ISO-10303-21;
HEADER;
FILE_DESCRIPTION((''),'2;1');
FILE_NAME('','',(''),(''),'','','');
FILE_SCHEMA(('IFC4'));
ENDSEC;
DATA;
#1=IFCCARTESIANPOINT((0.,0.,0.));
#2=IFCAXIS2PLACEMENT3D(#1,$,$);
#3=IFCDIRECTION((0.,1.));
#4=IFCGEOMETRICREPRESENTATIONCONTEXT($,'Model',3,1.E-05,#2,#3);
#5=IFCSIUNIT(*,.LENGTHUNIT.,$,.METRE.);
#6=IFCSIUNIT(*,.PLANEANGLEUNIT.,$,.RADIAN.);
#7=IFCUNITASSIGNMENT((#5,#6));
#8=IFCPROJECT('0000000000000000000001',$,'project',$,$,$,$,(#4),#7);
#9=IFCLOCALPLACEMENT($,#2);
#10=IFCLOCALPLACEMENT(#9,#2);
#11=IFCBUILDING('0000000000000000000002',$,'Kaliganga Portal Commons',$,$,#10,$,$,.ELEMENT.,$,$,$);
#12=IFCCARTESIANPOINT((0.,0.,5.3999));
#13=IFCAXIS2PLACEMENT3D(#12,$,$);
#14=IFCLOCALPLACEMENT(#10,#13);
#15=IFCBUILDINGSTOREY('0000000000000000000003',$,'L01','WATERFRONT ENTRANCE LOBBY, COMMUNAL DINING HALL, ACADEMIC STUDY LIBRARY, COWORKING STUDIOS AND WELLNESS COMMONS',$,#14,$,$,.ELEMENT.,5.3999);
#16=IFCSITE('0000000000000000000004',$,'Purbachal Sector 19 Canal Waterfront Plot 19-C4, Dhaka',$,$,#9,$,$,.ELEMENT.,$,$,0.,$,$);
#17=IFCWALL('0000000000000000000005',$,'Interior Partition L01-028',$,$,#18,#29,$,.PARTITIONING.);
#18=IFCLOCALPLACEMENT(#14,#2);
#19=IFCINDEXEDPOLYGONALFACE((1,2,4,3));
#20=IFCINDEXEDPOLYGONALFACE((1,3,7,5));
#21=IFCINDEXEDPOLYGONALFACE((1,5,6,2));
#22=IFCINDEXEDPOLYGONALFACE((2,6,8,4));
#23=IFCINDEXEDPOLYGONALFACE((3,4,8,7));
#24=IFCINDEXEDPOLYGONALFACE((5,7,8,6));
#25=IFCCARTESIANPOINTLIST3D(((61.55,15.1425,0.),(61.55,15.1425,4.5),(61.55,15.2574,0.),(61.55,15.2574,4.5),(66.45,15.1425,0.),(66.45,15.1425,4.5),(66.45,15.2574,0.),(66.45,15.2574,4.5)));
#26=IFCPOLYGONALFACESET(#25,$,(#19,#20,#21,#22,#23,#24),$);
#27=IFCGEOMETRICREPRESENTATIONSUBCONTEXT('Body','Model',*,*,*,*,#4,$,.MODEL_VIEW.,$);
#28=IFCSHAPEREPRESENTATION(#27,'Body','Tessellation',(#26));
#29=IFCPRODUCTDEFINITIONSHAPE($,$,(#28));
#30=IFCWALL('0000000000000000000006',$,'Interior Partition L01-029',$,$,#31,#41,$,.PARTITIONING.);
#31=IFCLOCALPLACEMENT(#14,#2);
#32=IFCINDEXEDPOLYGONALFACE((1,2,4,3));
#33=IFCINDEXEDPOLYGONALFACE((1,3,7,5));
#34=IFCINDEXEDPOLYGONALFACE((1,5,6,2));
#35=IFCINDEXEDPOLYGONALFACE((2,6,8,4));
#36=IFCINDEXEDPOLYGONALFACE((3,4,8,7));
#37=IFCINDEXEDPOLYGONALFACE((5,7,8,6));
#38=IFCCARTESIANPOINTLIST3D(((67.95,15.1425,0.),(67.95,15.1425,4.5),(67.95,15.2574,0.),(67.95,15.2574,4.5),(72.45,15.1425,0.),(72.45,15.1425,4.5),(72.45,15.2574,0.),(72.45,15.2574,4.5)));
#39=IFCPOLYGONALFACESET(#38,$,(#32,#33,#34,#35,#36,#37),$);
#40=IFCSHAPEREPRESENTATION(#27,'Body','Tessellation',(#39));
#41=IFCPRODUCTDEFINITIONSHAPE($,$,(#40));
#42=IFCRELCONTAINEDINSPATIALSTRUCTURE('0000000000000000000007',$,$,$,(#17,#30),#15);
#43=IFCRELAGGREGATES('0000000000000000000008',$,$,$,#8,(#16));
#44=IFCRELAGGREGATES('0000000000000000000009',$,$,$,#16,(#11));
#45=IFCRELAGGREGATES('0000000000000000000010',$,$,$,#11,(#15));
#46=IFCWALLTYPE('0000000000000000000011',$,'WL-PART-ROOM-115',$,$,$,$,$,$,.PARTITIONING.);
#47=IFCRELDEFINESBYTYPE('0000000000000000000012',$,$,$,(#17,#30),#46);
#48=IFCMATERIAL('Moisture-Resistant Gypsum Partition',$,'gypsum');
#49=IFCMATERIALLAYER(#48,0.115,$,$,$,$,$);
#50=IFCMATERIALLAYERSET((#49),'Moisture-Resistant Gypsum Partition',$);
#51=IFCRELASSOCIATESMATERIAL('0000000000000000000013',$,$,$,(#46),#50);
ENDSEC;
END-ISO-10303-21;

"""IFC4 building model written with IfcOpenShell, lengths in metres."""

from ifc_helpers import new_model, si_unit, direction, frame, frame_2d, origin, place, context, subcontext, project, spatial, rectangle, extrude, material, layer, layer_set, type_object, element, save


model = new_model("IFC4")

# Units and contexts
model_context = context("Model", 3, precision=1e-05, world=origin(), true_north=direction((0.0, 1.0)))
body_context = subcontext(model_context, "Body", "Model", "MODEL_VIEW")
ifc_project = project(units=[si_unit("LENGTHUNIT", "METRE"), si_unit("PLANEANGLEUNIT", "RADIAN")], contexts=[model_context])

# Site, building, storey
site_placement = place(None, origin())
site = spatial("IfcSite", under=ifc_project, at=site_placement, Name="Purbachal Sector 19 Canal Waterfront Plot 19-C4, Dhaka", CompositionType="ELEMENT", RefElevation=0.0)
building_placement = place(site_placement, origin())
building = spatial("IfcBuilding", under=site, at=building_placement, Name="Kaliganga Portal Commons", CompositionType="ELEMENT")
storey_placement = place(building_placement, frame((0.0, 0.0, 5.3999)))
storey = spatial("IfcBuildingStorey", under=building, at=storey_placement, Name="L01", Description="WATERFRONT ENTRANCE LOBBY, COMMUNAL DINING HALL, ACADEMIC STUDY LIBRARY, COWORKING STUDIOS AND WELLNESS COMMONS", CompositionType="ELEMENT", Elevation=5.3999)

# Walls
ifc_material_1 = material(Name="Moisture-Resistant Gypsum Partition", Category="gypsum")
ifc_layer_1 = layer(ifc_material_1, 0.115)
ifc_layer_set_1 = layer_set([ifc_layer_1], Name="Moisture-Resistant Gypsum Partition")
wall_type_1 = type_object("IfcWallType", Name="WL-PART-ROOM-115", PredefinedType="PARTITIONING", material=ifc_layer_set_1)
wall_1_placement = place(storey_placement, frame((61.55, 15.2, 0.0), z_axis=(0.0, 0.0, 1.0), x_axis=(1.0, 0.0, 0.0)))
element("IfcWall", 1, at=wall_1_placement, inside=storey, type_object=wall_type_1, Name="Interior Partition L01-028", PredefinedType="PARTITIONING", context=body_context, shape_type="SweptSolid", body=[
    extrude(rectangle(XDim=4.8999, YDim=0.115, at=frame_2d((2.45, 0.0))), origin(), (0.0, 0.0, 1.0), 4.5),
])
wall_2_placement = place(storey_placement, frame((67.95, 15.2, 0.0), z_axis=(0.0, 0.0, 1.0), x_axis=(1.0, 0.0, 0.0)))
element("IfcWall", 2, at=wall_2_placement, inside=storey, type_object=wall_type_1, Name="Interior Partition L01-029", PredefinedType="PARTITIONING", context=body_context, shape_type="SweptSolid", body=[
    extrude(rectangle(XDim=4.5, YDim=0.115, at=frame_2d((2.25, 0.0))), origin(), (0.0, 0.0, 1.0), 4.5),
])

save(model, "model.ifc")
